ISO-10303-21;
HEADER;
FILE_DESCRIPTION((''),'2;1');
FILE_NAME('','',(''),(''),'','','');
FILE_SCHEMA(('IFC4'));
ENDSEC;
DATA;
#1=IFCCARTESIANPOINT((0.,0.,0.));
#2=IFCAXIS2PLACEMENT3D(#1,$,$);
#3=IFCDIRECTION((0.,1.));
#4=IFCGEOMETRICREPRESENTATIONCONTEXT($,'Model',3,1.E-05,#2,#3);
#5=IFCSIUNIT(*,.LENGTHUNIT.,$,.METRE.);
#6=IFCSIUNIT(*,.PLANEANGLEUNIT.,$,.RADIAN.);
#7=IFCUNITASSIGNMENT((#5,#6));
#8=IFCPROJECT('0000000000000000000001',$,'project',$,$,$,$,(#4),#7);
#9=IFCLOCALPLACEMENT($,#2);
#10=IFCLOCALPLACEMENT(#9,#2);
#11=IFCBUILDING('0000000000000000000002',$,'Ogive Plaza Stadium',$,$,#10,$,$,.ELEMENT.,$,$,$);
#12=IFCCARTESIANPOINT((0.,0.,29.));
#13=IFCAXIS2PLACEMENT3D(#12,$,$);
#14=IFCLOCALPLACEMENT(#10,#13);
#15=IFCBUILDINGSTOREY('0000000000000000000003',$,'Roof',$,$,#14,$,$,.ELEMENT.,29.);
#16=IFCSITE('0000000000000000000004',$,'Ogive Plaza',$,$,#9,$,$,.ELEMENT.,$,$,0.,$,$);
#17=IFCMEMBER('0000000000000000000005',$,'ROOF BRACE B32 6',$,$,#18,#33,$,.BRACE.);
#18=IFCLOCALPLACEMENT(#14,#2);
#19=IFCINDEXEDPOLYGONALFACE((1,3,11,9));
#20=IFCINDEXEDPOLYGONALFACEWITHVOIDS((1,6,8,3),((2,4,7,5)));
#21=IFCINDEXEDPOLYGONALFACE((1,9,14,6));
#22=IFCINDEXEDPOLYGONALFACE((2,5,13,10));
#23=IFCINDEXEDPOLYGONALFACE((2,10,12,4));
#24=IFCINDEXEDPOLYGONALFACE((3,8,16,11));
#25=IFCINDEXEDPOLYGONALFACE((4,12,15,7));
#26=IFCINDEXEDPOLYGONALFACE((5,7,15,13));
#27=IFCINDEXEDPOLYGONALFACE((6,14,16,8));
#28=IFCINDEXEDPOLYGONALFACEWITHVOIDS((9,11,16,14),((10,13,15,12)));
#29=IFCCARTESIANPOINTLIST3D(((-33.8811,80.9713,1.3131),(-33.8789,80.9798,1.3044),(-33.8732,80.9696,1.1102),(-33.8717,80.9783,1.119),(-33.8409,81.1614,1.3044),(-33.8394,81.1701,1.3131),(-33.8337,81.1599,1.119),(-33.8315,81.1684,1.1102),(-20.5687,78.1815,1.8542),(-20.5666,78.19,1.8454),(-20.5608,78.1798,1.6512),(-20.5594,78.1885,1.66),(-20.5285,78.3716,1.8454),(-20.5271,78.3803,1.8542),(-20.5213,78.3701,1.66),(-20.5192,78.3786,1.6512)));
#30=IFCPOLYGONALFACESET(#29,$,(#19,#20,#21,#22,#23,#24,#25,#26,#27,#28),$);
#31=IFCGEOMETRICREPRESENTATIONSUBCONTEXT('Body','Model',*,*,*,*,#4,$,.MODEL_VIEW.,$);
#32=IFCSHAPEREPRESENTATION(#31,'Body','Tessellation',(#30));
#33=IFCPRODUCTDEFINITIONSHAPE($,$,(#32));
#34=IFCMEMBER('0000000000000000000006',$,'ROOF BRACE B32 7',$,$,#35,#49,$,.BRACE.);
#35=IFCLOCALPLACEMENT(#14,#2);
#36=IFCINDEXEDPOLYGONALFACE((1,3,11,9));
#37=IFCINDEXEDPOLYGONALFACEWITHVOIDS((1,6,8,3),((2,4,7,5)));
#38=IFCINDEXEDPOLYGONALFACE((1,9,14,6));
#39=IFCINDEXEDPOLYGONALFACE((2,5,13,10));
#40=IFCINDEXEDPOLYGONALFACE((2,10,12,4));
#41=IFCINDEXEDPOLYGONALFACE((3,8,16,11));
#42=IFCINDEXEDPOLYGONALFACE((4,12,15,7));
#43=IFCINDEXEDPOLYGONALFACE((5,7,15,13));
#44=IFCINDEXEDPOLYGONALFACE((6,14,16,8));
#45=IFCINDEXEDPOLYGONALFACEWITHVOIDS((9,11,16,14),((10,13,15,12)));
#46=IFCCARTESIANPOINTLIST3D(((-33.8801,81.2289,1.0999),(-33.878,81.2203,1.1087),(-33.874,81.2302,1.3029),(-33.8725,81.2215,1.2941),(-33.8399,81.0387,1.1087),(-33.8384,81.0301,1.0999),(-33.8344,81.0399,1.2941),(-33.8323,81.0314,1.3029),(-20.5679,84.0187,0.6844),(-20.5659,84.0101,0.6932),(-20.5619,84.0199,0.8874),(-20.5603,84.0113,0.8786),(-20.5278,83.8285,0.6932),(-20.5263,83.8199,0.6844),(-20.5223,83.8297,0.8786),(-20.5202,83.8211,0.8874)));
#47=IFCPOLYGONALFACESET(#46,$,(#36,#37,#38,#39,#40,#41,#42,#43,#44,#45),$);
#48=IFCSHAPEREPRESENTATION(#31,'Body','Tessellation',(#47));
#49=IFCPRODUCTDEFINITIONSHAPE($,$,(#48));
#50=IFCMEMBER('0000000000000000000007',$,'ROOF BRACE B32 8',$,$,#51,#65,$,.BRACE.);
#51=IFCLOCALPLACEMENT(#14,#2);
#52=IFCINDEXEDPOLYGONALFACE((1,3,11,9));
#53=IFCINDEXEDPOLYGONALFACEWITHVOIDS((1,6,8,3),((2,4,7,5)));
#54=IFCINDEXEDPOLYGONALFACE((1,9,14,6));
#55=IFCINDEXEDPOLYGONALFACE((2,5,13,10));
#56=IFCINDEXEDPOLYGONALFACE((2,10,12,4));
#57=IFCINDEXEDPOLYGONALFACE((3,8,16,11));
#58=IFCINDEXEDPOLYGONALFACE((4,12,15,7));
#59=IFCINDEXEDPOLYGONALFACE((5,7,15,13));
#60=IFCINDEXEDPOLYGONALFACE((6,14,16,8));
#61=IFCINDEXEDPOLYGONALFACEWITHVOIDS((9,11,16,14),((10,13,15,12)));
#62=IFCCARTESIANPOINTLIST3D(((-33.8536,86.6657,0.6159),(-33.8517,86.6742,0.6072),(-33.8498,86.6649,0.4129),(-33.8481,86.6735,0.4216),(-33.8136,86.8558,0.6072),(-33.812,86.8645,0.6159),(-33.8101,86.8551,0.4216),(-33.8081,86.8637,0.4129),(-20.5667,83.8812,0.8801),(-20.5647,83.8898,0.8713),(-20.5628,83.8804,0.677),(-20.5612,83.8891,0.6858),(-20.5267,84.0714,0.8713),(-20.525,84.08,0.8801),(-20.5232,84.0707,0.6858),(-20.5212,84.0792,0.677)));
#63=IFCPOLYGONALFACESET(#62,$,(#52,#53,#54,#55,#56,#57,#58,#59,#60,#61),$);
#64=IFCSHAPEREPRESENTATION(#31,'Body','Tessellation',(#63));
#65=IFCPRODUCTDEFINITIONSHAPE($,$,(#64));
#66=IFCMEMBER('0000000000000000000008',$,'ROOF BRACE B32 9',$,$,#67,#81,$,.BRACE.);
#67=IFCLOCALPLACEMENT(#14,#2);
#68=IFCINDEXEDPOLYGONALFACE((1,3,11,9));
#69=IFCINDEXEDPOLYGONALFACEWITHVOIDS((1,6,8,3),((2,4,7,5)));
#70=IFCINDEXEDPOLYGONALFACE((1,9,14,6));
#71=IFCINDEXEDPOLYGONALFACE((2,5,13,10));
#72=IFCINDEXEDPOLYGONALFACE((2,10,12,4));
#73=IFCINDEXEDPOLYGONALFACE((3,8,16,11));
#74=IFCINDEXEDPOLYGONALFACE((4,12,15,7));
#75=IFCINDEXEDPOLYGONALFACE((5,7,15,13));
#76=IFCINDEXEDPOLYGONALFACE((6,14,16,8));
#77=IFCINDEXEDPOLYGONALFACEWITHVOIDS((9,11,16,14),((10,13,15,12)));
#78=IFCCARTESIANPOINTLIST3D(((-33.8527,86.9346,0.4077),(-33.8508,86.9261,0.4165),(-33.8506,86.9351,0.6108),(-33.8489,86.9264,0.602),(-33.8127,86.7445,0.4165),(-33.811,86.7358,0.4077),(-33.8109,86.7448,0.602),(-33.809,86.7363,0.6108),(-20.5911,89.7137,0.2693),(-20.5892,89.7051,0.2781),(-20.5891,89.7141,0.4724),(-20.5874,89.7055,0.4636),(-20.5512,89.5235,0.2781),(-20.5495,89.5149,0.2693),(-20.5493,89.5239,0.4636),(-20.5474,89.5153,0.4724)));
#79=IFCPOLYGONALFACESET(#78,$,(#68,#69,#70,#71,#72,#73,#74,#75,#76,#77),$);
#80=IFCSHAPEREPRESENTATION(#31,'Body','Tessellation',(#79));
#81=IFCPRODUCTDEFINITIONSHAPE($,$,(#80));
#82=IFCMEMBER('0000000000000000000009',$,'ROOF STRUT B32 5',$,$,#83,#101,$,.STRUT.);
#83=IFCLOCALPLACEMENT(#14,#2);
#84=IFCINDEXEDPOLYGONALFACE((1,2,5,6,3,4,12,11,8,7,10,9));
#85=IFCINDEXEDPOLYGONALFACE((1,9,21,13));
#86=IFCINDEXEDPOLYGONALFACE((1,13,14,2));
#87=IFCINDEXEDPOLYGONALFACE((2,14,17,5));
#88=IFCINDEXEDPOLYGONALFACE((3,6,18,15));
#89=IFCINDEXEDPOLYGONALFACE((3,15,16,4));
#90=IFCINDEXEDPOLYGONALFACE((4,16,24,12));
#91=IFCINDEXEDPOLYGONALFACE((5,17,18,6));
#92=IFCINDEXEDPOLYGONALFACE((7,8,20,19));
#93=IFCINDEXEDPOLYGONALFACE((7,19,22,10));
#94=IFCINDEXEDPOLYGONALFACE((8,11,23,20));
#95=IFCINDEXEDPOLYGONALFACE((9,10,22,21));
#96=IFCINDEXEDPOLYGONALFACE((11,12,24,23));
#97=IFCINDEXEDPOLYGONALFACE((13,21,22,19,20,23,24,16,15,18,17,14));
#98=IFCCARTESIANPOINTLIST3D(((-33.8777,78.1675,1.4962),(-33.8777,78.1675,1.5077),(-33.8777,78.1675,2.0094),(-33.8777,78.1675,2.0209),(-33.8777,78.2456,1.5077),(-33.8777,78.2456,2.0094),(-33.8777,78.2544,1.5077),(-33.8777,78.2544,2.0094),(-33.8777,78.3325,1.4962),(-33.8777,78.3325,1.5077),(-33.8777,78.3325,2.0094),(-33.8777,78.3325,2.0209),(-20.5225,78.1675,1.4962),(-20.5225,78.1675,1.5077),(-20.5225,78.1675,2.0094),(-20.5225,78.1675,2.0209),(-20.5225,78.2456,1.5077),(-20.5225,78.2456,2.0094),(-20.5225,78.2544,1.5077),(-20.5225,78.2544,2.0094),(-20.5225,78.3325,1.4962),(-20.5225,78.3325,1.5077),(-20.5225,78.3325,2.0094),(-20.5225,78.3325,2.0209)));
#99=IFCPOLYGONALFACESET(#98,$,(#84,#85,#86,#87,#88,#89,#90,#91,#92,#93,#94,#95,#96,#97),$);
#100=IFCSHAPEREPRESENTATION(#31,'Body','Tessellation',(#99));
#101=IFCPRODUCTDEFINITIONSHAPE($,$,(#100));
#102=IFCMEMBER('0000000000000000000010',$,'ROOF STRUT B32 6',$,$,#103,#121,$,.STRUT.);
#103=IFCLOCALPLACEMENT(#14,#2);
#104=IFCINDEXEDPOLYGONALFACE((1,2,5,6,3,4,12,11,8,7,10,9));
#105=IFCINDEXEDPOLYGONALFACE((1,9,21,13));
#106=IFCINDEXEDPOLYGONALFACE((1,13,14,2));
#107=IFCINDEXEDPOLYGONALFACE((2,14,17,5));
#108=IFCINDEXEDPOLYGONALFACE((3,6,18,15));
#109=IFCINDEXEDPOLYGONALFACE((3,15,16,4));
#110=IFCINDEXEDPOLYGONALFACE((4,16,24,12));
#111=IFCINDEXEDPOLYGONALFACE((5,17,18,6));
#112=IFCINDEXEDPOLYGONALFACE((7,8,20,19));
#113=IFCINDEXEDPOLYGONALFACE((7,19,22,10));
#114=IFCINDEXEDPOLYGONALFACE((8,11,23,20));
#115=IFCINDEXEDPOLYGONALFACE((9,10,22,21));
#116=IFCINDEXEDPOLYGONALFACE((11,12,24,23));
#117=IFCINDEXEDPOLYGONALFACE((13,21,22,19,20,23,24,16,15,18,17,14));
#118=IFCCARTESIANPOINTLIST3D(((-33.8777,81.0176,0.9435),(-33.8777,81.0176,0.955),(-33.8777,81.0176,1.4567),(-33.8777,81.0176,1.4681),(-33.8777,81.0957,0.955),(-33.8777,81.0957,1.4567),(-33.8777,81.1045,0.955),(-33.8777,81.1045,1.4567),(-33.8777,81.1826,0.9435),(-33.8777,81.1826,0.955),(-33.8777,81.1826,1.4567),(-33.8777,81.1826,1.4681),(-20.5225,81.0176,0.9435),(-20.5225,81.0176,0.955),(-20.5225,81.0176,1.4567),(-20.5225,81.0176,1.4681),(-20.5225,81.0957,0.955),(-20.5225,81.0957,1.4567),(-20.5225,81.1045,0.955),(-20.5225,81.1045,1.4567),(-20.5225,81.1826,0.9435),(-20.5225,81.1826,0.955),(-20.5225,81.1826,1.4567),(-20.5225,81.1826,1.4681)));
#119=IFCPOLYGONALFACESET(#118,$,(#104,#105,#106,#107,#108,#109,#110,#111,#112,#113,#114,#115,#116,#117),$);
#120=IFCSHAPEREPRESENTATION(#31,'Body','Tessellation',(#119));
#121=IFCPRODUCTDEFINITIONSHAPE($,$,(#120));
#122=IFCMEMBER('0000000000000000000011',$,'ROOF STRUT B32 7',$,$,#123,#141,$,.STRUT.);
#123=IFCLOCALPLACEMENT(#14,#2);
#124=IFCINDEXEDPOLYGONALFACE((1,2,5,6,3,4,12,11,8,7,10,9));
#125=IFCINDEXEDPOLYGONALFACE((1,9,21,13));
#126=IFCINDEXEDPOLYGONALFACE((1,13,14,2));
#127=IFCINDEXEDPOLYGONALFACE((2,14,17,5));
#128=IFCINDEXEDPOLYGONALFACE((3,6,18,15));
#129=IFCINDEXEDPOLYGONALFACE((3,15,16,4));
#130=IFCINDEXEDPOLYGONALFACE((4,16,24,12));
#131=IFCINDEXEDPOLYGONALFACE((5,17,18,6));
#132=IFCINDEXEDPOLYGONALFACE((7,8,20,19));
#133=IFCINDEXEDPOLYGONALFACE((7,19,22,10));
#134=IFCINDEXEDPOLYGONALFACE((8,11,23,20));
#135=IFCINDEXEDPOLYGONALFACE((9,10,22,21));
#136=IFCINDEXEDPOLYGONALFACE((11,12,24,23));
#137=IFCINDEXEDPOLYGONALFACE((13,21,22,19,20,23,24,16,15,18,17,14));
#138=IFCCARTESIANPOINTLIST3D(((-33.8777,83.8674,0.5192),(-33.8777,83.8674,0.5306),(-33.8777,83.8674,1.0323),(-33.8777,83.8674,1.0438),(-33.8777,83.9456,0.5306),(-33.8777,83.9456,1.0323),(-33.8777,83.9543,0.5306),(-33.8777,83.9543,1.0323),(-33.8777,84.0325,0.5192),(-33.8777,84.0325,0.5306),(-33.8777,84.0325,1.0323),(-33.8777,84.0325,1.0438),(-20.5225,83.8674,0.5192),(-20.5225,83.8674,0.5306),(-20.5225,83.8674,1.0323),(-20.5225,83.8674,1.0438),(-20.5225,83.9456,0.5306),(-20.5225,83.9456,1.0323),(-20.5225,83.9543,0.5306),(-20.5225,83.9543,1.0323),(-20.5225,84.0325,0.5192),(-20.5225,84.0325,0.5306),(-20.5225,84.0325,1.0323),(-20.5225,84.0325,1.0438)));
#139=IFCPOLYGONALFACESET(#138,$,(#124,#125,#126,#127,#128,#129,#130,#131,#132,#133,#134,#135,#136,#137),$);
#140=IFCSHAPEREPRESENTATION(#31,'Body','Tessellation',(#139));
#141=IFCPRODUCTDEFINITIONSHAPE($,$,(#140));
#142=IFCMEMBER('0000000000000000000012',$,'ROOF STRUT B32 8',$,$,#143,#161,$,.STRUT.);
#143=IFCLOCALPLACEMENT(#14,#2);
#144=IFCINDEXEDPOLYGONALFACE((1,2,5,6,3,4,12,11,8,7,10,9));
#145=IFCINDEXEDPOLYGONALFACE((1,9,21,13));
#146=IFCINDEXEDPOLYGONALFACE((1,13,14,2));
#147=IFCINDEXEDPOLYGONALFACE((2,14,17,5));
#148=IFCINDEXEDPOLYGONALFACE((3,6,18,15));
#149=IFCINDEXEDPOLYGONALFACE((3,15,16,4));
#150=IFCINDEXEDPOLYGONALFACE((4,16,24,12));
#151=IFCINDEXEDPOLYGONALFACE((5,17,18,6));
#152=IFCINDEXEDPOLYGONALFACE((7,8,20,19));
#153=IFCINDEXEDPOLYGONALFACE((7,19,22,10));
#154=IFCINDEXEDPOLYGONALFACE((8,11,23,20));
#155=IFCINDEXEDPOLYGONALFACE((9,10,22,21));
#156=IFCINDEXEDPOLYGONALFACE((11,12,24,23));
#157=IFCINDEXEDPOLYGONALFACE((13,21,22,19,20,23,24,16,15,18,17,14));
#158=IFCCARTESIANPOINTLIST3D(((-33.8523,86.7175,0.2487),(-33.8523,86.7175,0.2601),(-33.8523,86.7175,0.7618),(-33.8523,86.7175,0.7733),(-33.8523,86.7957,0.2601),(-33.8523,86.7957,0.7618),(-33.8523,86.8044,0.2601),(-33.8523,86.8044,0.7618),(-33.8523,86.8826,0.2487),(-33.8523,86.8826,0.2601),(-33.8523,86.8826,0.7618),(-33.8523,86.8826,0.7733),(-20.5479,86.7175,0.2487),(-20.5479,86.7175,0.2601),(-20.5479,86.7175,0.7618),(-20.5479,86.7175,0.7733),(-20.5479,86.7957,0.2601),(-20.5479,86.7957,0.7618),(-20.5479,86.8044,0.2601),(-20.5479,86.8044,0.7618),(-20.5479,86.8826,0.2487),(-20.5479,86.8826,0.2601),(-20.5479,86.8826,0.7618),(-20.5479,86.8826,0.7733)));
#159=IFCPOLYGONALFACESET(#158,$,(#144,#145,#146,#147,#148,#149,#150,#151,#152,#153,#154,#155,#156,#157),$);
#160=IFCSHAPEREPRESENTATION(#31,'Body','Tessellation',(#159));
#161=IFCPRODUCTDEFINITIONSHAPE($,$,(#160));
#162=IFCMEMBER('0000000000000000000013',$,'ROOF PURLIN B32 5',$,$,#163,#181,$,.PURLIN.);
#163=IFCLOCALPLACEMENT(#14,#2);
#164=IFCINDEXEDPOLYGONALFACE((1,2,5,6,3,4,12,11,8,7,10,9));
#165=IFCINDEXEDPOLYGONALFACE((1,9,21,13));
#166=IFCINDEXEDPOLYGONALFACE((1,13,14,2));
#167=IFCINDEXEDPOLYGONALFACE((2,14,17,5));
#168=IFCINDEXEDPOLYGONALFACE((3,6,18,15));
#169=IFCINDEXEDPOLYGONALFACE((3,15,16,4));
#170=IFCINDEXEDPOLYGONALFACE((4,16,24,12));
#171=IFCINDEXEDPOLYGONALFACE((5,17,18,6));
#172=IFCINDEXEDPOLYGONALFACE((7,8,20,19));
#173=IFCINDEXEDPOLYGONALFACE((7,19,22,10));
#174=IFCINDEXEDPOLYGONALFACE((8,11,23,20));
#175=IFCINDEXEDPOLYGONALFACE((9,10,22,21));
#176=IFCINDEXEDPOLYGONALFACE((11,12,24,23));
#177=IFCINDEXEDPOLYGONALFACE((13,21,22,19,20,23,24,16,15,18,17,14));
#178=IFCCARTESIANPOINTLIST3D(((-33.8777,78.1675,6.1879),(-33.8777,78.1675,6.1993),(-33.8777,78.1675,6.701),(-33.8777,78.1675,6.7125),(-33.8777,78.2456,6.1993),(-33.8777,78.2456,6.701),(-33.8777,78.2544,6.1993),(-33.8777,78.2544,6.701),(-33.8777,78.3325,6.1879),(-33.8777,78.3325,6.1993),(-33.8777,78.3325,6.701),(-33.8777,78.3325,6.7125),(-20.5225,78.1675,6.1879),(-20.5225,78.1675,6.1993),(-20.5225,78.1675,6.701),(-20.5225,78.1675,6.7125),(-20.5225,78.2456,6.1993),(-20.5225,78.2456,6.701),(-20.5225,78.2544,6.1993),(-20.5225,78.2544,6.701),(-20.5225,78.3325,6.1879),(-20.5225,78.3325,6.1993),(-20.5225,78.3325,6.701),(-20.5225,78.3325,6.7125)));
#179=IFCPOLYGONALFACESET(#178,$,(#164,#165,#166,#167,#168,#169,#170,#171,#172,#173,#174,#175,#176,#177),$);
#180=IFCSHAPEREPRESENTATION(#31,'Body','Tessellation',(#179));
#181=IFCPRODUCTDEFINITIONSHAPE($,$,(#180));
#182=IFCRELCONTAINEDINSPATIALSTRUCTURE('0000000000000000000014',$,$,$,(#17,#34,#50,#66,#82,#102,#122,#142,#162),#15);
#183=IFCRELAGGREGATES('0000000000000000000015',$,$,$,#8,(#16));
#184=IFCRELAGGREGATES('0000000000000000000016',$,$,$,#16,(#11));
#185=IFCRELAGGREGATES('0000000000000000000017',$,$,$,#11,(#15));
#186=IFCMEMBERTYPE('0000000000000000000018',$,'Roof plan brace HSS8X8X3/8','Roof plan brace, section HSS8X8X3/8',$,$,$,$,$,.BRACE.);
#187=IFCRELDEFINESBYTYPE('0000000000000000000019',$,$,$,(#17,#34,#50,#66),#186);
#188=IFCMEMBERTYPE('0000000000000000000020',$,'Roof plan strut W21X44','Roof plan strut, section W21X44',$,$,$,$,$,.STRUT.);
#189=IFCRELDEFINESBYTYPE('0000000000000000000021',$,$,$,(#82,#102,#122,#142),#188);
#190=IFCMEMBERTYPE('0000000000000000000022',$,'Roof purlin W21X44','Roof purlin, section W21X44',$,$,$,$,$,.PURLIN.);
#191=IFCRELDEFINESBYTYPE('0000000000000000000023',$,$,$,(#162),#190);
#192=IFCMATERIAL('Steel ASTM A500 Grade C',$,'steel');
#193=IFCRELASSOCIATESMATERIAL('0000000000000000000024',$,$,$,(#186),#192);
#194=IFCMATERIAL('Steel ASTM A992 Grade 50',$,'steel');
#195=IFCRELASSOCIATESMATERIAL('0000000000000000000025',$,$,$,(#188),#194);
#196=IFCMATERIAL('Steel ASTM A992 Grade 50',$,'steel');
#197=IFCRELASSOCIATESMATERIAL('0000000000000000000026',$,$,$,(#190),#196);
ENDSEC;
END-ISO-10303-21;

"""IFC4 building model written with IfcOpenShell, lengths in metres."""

from ifc_helpers import new_model, si_unit, direction, frame, origin, origin_2d, place, context, subcontext, project, spatial, hollow_rectangle, i_section, extrude, material, material_profile, profile_set, type_object, element, save


model = new_model("IFC4")

# Units and contexts
model_context = context("Model", 3, precision=1e-05, world=origin(), true_north=direction((0.0, 1.0)))
body_context = subcontext(model_context, "Body", "Model", "MODEL_VIEW")
ifc_project = project(units=[si_unit("LENGTHUNIT", "METRE"), si_unit("PLANEANGLEUNIT", "RADIAN")], contexts=[model_context])

# Site, building, storey
site_placement = place(None, origin())
site = spatial("IfcSite", under=ifc_project, at=site_placement, Name="Ogive Plaza", CompositionType="ELEMENT", RefElevation=0.0)
building_placement = place(site_placement, origin())
building = spatial("IfcBuilding", under=site, at=building_placement, Name="Ogive Plaza Stadium", CompositionType="ELEMENT")
storey_placement = place(building_placement, frame((0.0, 0.0, 29.0)))
storey = spatial("IfcBuildingStorey", under=building, at=storey_placement, Name="Roof", CompositionType="ELEMENT", Elevation=29.0)

# Members
ifc_material_1 = material(Name="Steel ASTM A500 Grade C", Category="steel")
ifc_material_profile_1 = material_profile(ifc_material_1, hollow_rectangle(XDim=0.2031, YDim=0.2031, WallThickness=0.0088, at=origin_2d()), Name="HSS8X8X3/8")
ifc_profile_set_1 = profile_set([ifc_material_profile_1], Name="Steel ASTM A500 Grade C")
member_type_1 = type_object("IfcMemberType", Name="Roof plan brace HSS8X8X3/8", Description="Roof plan brace, section HSS8X8X3/8", PredefinedType="BRACE", material=ifc_profile_set_1)
member_1_placement = place(storey_placement, frame((-20.5439, 78.28, 1.7527), z_axis=(-0.977966, 0.204948, -0.039745), x_axis=(-0.20511, -0.978739, 0.0)))
element("IfcMember", 1, at=member_1_placement, inside=storey, type_object=member_type_1, Name="ROOF BRACE B32 6", PredefinedType="BRACE", context=body_context, shape_type="SweptSolid", body=[
    extrude(hollow_rectangle(XDim=0.2031, YDim=0.2031, WallThickness=0.0088, at=origin_2d()), origin(), (0.0, 0.0, 1.0), 13.6123),
])
member_2_placement = place(storey_placement, frame((-33.8562, 81.1301, 1.2014), z_axis=(0.978282, 0.205015, -0.030536), x_axis=(-0.20511, 0.978739, 0.0)))
element("IfcMember", 2, at=member_2_placement, inside=storey, type_object=member_type_1, Name="ROOF BRACE B32 7", PredefinedType="BRACE", context=body_context, shape_type="SweptSolid", body=[
    extrude(hollow_rectangle(XDim=0.2031, YDim=0.2031, WallThickness=0.0088, at=origin_2d()), origin(), (0.0, 0.0, 1.0), 13.6077),
])
member_3_placement = place(storey_placement, frame((-20.5439, 83.9802, 0.7786), z_axis=(-0.978554, 0.205068, -0.019455), x_axis=(-0.205107, -0.97874, 0.0)))
element("IfcMember", 3, at=member_3_placement, inside=storey, type_object=member_type_1, Name="ROOF BRACE B32 8", PredefinedType="BRACE", context=body_context, shape_type="SweptSolid", body=[
    extrude(hollow_rectangle(XDim=0.2031, YDim=0.2031, WallThickness=0.0088, at=origin_2d()), origin(), (0.0, 0.0, 1.0), 13.5781),
])
member_4_placement = place(storey_placement, frame((-33.8308, 86.8354, 0.5093), z_axis=(0.978689, 0.205093, -0.010216), x_axis=(-0.205103, 0.97874, 0.0)))
element("IfcMember", 4, at=member_4_placement, inside=storey, type_object=member_type_1, Name="ROOF BRACE B32 9", PredefinedType="BRACE", context=body_context, shape_type="SweptSolid", body=[
    extrude(hollow_rectangle(XDim=0.2031, YDim=0.2031, WallThickness=0.0088, at=origin_2d()), origin(), (0.0, 0.0, 1.0), 13.5503),
])
ifc_material_2 = material(Name="Steel ASTM A992 Grade 50", Category="steel")
ifc_material_profile_2 = material_profile(ifc_material_2, i_section(OverallWidth=0.165, OverallDepth=0.5247, WebThickness=0.0088, FlangeThickness=0.0115, at=origin_2d()), Name="W21X44")
ifc_profile_set_2 = profile_set([ifc_material_profile_2], Name="Steel ASTM A992 Grade 50")
member_type_2 = type_object("IfcMemberType", Name="Roof plan strut W21X44", Description="Roof plan strut, section W21X44", PredefinedType="STRUT", material=ifc_profile_set_2)
for number, where, z_axis, x_axis, name in (
    (5, (-33.8777, 78.25, 1.7585), (1.0, 0.0, 0.0), (0.0, 1.0, 0.0), "ROOF STRUT B32 5"),
    (6, (-33.8777, 81.1001, 1.2058), (1.0, 0.0, 0.0), (0.0, 1.0, 0.0), "ROOF STRUT B32 6"),
    (7, (-33.8777, 83.95, 0.7815), (1.0, 0.0, 0.0), (0.0, 1.0, 0.0), "ROOF STRUT B32 7"),
):
    element("IfcMember", number, at=place(storey_placement, frame(where, z_axis=z_axis, x_axis=x_axis)), inside=storey, type_object=member_type_2, Name=name, PredefinedType="STRUT", context=body_context, shape_type="SweptSolid", body=[
        extrude(i_section(OverallWidth=0.165, OverallDepth=0.5247, WebThickness=0.0088, FlangeThickness=0.0115, at=origin_2d()), origin(), (0.0, 0.0, 1.0), 13.3552),
    ])
member_5_placement = place(storey_placement, frame((-33.8523, 86.8, 0.511), z_axis=(1.0, 0.0, 0.0), x_axis=(0.0, 1.0, 0.0)))
element("IfcMember", 8, at=member_5_placement, inside=storey, type_object=member_type_2, Name="ROOF STRUT B32 8", PredefinedType="STRUT", context=body_context, shape_type="SweptSolid", body=[
    extrude(i_section(OverallWidth=0.165, OverallDepth=0.5247, WebThickness=0.0088, FlangeThickness=0.0115, at=origin_2d()), origin(), (0.0, 0.0, 1.0), 13.3044),
])
ifc_material_3 = material(Name="Steel ASTM A992 Grade 50", Category="steel")
ifc_material_profile_3 = material_profile(ifc_material_3, i_section(OverallWidth=0.165, OverallDepth=0.5247, WebThickness=0.0088, FlangeThickness=0.0115, at=origin_2d()), Name="W21X44")
ifc_profile_set_3 = profile_set([ifc_material_profile_3], Name="Steel ASTM A992 Grade 50")
member_type_3 = type_object("IfcMemberType", Name="Roof purlin W21X44", Description="Roof purlin, section W21X44", PredefinedType="PURLIN", material=ifc_profile_set_3)
for number, where, z_axis, x_axis, name in (
    (9, (-33.8777, 78.25, 6.4502), (1.0, 0.0, 0.0), (0.0, 1.0, 0.0), "ROOF PURLIN B32 5"),
):
    element("IfcMember", number, at=place(storey_placement, frame(where, z_axis=z_axis, x_axis=x_axis)), inside=storey, type_object=member_type_3, Name=name, PredefinedType="PURLIN", context=body_context, shape_type="SweptSolid", body=[
        extrude(i_section(OverallWidth=0.165, OverallDepth=0.5247, WebThickness=0.0088, FlangeThickness=0.0115, at=origin_2d()), origin(), (0.0, 0.0, 1.0), 13.3552),
    ])

save(model, "model.ifc")
